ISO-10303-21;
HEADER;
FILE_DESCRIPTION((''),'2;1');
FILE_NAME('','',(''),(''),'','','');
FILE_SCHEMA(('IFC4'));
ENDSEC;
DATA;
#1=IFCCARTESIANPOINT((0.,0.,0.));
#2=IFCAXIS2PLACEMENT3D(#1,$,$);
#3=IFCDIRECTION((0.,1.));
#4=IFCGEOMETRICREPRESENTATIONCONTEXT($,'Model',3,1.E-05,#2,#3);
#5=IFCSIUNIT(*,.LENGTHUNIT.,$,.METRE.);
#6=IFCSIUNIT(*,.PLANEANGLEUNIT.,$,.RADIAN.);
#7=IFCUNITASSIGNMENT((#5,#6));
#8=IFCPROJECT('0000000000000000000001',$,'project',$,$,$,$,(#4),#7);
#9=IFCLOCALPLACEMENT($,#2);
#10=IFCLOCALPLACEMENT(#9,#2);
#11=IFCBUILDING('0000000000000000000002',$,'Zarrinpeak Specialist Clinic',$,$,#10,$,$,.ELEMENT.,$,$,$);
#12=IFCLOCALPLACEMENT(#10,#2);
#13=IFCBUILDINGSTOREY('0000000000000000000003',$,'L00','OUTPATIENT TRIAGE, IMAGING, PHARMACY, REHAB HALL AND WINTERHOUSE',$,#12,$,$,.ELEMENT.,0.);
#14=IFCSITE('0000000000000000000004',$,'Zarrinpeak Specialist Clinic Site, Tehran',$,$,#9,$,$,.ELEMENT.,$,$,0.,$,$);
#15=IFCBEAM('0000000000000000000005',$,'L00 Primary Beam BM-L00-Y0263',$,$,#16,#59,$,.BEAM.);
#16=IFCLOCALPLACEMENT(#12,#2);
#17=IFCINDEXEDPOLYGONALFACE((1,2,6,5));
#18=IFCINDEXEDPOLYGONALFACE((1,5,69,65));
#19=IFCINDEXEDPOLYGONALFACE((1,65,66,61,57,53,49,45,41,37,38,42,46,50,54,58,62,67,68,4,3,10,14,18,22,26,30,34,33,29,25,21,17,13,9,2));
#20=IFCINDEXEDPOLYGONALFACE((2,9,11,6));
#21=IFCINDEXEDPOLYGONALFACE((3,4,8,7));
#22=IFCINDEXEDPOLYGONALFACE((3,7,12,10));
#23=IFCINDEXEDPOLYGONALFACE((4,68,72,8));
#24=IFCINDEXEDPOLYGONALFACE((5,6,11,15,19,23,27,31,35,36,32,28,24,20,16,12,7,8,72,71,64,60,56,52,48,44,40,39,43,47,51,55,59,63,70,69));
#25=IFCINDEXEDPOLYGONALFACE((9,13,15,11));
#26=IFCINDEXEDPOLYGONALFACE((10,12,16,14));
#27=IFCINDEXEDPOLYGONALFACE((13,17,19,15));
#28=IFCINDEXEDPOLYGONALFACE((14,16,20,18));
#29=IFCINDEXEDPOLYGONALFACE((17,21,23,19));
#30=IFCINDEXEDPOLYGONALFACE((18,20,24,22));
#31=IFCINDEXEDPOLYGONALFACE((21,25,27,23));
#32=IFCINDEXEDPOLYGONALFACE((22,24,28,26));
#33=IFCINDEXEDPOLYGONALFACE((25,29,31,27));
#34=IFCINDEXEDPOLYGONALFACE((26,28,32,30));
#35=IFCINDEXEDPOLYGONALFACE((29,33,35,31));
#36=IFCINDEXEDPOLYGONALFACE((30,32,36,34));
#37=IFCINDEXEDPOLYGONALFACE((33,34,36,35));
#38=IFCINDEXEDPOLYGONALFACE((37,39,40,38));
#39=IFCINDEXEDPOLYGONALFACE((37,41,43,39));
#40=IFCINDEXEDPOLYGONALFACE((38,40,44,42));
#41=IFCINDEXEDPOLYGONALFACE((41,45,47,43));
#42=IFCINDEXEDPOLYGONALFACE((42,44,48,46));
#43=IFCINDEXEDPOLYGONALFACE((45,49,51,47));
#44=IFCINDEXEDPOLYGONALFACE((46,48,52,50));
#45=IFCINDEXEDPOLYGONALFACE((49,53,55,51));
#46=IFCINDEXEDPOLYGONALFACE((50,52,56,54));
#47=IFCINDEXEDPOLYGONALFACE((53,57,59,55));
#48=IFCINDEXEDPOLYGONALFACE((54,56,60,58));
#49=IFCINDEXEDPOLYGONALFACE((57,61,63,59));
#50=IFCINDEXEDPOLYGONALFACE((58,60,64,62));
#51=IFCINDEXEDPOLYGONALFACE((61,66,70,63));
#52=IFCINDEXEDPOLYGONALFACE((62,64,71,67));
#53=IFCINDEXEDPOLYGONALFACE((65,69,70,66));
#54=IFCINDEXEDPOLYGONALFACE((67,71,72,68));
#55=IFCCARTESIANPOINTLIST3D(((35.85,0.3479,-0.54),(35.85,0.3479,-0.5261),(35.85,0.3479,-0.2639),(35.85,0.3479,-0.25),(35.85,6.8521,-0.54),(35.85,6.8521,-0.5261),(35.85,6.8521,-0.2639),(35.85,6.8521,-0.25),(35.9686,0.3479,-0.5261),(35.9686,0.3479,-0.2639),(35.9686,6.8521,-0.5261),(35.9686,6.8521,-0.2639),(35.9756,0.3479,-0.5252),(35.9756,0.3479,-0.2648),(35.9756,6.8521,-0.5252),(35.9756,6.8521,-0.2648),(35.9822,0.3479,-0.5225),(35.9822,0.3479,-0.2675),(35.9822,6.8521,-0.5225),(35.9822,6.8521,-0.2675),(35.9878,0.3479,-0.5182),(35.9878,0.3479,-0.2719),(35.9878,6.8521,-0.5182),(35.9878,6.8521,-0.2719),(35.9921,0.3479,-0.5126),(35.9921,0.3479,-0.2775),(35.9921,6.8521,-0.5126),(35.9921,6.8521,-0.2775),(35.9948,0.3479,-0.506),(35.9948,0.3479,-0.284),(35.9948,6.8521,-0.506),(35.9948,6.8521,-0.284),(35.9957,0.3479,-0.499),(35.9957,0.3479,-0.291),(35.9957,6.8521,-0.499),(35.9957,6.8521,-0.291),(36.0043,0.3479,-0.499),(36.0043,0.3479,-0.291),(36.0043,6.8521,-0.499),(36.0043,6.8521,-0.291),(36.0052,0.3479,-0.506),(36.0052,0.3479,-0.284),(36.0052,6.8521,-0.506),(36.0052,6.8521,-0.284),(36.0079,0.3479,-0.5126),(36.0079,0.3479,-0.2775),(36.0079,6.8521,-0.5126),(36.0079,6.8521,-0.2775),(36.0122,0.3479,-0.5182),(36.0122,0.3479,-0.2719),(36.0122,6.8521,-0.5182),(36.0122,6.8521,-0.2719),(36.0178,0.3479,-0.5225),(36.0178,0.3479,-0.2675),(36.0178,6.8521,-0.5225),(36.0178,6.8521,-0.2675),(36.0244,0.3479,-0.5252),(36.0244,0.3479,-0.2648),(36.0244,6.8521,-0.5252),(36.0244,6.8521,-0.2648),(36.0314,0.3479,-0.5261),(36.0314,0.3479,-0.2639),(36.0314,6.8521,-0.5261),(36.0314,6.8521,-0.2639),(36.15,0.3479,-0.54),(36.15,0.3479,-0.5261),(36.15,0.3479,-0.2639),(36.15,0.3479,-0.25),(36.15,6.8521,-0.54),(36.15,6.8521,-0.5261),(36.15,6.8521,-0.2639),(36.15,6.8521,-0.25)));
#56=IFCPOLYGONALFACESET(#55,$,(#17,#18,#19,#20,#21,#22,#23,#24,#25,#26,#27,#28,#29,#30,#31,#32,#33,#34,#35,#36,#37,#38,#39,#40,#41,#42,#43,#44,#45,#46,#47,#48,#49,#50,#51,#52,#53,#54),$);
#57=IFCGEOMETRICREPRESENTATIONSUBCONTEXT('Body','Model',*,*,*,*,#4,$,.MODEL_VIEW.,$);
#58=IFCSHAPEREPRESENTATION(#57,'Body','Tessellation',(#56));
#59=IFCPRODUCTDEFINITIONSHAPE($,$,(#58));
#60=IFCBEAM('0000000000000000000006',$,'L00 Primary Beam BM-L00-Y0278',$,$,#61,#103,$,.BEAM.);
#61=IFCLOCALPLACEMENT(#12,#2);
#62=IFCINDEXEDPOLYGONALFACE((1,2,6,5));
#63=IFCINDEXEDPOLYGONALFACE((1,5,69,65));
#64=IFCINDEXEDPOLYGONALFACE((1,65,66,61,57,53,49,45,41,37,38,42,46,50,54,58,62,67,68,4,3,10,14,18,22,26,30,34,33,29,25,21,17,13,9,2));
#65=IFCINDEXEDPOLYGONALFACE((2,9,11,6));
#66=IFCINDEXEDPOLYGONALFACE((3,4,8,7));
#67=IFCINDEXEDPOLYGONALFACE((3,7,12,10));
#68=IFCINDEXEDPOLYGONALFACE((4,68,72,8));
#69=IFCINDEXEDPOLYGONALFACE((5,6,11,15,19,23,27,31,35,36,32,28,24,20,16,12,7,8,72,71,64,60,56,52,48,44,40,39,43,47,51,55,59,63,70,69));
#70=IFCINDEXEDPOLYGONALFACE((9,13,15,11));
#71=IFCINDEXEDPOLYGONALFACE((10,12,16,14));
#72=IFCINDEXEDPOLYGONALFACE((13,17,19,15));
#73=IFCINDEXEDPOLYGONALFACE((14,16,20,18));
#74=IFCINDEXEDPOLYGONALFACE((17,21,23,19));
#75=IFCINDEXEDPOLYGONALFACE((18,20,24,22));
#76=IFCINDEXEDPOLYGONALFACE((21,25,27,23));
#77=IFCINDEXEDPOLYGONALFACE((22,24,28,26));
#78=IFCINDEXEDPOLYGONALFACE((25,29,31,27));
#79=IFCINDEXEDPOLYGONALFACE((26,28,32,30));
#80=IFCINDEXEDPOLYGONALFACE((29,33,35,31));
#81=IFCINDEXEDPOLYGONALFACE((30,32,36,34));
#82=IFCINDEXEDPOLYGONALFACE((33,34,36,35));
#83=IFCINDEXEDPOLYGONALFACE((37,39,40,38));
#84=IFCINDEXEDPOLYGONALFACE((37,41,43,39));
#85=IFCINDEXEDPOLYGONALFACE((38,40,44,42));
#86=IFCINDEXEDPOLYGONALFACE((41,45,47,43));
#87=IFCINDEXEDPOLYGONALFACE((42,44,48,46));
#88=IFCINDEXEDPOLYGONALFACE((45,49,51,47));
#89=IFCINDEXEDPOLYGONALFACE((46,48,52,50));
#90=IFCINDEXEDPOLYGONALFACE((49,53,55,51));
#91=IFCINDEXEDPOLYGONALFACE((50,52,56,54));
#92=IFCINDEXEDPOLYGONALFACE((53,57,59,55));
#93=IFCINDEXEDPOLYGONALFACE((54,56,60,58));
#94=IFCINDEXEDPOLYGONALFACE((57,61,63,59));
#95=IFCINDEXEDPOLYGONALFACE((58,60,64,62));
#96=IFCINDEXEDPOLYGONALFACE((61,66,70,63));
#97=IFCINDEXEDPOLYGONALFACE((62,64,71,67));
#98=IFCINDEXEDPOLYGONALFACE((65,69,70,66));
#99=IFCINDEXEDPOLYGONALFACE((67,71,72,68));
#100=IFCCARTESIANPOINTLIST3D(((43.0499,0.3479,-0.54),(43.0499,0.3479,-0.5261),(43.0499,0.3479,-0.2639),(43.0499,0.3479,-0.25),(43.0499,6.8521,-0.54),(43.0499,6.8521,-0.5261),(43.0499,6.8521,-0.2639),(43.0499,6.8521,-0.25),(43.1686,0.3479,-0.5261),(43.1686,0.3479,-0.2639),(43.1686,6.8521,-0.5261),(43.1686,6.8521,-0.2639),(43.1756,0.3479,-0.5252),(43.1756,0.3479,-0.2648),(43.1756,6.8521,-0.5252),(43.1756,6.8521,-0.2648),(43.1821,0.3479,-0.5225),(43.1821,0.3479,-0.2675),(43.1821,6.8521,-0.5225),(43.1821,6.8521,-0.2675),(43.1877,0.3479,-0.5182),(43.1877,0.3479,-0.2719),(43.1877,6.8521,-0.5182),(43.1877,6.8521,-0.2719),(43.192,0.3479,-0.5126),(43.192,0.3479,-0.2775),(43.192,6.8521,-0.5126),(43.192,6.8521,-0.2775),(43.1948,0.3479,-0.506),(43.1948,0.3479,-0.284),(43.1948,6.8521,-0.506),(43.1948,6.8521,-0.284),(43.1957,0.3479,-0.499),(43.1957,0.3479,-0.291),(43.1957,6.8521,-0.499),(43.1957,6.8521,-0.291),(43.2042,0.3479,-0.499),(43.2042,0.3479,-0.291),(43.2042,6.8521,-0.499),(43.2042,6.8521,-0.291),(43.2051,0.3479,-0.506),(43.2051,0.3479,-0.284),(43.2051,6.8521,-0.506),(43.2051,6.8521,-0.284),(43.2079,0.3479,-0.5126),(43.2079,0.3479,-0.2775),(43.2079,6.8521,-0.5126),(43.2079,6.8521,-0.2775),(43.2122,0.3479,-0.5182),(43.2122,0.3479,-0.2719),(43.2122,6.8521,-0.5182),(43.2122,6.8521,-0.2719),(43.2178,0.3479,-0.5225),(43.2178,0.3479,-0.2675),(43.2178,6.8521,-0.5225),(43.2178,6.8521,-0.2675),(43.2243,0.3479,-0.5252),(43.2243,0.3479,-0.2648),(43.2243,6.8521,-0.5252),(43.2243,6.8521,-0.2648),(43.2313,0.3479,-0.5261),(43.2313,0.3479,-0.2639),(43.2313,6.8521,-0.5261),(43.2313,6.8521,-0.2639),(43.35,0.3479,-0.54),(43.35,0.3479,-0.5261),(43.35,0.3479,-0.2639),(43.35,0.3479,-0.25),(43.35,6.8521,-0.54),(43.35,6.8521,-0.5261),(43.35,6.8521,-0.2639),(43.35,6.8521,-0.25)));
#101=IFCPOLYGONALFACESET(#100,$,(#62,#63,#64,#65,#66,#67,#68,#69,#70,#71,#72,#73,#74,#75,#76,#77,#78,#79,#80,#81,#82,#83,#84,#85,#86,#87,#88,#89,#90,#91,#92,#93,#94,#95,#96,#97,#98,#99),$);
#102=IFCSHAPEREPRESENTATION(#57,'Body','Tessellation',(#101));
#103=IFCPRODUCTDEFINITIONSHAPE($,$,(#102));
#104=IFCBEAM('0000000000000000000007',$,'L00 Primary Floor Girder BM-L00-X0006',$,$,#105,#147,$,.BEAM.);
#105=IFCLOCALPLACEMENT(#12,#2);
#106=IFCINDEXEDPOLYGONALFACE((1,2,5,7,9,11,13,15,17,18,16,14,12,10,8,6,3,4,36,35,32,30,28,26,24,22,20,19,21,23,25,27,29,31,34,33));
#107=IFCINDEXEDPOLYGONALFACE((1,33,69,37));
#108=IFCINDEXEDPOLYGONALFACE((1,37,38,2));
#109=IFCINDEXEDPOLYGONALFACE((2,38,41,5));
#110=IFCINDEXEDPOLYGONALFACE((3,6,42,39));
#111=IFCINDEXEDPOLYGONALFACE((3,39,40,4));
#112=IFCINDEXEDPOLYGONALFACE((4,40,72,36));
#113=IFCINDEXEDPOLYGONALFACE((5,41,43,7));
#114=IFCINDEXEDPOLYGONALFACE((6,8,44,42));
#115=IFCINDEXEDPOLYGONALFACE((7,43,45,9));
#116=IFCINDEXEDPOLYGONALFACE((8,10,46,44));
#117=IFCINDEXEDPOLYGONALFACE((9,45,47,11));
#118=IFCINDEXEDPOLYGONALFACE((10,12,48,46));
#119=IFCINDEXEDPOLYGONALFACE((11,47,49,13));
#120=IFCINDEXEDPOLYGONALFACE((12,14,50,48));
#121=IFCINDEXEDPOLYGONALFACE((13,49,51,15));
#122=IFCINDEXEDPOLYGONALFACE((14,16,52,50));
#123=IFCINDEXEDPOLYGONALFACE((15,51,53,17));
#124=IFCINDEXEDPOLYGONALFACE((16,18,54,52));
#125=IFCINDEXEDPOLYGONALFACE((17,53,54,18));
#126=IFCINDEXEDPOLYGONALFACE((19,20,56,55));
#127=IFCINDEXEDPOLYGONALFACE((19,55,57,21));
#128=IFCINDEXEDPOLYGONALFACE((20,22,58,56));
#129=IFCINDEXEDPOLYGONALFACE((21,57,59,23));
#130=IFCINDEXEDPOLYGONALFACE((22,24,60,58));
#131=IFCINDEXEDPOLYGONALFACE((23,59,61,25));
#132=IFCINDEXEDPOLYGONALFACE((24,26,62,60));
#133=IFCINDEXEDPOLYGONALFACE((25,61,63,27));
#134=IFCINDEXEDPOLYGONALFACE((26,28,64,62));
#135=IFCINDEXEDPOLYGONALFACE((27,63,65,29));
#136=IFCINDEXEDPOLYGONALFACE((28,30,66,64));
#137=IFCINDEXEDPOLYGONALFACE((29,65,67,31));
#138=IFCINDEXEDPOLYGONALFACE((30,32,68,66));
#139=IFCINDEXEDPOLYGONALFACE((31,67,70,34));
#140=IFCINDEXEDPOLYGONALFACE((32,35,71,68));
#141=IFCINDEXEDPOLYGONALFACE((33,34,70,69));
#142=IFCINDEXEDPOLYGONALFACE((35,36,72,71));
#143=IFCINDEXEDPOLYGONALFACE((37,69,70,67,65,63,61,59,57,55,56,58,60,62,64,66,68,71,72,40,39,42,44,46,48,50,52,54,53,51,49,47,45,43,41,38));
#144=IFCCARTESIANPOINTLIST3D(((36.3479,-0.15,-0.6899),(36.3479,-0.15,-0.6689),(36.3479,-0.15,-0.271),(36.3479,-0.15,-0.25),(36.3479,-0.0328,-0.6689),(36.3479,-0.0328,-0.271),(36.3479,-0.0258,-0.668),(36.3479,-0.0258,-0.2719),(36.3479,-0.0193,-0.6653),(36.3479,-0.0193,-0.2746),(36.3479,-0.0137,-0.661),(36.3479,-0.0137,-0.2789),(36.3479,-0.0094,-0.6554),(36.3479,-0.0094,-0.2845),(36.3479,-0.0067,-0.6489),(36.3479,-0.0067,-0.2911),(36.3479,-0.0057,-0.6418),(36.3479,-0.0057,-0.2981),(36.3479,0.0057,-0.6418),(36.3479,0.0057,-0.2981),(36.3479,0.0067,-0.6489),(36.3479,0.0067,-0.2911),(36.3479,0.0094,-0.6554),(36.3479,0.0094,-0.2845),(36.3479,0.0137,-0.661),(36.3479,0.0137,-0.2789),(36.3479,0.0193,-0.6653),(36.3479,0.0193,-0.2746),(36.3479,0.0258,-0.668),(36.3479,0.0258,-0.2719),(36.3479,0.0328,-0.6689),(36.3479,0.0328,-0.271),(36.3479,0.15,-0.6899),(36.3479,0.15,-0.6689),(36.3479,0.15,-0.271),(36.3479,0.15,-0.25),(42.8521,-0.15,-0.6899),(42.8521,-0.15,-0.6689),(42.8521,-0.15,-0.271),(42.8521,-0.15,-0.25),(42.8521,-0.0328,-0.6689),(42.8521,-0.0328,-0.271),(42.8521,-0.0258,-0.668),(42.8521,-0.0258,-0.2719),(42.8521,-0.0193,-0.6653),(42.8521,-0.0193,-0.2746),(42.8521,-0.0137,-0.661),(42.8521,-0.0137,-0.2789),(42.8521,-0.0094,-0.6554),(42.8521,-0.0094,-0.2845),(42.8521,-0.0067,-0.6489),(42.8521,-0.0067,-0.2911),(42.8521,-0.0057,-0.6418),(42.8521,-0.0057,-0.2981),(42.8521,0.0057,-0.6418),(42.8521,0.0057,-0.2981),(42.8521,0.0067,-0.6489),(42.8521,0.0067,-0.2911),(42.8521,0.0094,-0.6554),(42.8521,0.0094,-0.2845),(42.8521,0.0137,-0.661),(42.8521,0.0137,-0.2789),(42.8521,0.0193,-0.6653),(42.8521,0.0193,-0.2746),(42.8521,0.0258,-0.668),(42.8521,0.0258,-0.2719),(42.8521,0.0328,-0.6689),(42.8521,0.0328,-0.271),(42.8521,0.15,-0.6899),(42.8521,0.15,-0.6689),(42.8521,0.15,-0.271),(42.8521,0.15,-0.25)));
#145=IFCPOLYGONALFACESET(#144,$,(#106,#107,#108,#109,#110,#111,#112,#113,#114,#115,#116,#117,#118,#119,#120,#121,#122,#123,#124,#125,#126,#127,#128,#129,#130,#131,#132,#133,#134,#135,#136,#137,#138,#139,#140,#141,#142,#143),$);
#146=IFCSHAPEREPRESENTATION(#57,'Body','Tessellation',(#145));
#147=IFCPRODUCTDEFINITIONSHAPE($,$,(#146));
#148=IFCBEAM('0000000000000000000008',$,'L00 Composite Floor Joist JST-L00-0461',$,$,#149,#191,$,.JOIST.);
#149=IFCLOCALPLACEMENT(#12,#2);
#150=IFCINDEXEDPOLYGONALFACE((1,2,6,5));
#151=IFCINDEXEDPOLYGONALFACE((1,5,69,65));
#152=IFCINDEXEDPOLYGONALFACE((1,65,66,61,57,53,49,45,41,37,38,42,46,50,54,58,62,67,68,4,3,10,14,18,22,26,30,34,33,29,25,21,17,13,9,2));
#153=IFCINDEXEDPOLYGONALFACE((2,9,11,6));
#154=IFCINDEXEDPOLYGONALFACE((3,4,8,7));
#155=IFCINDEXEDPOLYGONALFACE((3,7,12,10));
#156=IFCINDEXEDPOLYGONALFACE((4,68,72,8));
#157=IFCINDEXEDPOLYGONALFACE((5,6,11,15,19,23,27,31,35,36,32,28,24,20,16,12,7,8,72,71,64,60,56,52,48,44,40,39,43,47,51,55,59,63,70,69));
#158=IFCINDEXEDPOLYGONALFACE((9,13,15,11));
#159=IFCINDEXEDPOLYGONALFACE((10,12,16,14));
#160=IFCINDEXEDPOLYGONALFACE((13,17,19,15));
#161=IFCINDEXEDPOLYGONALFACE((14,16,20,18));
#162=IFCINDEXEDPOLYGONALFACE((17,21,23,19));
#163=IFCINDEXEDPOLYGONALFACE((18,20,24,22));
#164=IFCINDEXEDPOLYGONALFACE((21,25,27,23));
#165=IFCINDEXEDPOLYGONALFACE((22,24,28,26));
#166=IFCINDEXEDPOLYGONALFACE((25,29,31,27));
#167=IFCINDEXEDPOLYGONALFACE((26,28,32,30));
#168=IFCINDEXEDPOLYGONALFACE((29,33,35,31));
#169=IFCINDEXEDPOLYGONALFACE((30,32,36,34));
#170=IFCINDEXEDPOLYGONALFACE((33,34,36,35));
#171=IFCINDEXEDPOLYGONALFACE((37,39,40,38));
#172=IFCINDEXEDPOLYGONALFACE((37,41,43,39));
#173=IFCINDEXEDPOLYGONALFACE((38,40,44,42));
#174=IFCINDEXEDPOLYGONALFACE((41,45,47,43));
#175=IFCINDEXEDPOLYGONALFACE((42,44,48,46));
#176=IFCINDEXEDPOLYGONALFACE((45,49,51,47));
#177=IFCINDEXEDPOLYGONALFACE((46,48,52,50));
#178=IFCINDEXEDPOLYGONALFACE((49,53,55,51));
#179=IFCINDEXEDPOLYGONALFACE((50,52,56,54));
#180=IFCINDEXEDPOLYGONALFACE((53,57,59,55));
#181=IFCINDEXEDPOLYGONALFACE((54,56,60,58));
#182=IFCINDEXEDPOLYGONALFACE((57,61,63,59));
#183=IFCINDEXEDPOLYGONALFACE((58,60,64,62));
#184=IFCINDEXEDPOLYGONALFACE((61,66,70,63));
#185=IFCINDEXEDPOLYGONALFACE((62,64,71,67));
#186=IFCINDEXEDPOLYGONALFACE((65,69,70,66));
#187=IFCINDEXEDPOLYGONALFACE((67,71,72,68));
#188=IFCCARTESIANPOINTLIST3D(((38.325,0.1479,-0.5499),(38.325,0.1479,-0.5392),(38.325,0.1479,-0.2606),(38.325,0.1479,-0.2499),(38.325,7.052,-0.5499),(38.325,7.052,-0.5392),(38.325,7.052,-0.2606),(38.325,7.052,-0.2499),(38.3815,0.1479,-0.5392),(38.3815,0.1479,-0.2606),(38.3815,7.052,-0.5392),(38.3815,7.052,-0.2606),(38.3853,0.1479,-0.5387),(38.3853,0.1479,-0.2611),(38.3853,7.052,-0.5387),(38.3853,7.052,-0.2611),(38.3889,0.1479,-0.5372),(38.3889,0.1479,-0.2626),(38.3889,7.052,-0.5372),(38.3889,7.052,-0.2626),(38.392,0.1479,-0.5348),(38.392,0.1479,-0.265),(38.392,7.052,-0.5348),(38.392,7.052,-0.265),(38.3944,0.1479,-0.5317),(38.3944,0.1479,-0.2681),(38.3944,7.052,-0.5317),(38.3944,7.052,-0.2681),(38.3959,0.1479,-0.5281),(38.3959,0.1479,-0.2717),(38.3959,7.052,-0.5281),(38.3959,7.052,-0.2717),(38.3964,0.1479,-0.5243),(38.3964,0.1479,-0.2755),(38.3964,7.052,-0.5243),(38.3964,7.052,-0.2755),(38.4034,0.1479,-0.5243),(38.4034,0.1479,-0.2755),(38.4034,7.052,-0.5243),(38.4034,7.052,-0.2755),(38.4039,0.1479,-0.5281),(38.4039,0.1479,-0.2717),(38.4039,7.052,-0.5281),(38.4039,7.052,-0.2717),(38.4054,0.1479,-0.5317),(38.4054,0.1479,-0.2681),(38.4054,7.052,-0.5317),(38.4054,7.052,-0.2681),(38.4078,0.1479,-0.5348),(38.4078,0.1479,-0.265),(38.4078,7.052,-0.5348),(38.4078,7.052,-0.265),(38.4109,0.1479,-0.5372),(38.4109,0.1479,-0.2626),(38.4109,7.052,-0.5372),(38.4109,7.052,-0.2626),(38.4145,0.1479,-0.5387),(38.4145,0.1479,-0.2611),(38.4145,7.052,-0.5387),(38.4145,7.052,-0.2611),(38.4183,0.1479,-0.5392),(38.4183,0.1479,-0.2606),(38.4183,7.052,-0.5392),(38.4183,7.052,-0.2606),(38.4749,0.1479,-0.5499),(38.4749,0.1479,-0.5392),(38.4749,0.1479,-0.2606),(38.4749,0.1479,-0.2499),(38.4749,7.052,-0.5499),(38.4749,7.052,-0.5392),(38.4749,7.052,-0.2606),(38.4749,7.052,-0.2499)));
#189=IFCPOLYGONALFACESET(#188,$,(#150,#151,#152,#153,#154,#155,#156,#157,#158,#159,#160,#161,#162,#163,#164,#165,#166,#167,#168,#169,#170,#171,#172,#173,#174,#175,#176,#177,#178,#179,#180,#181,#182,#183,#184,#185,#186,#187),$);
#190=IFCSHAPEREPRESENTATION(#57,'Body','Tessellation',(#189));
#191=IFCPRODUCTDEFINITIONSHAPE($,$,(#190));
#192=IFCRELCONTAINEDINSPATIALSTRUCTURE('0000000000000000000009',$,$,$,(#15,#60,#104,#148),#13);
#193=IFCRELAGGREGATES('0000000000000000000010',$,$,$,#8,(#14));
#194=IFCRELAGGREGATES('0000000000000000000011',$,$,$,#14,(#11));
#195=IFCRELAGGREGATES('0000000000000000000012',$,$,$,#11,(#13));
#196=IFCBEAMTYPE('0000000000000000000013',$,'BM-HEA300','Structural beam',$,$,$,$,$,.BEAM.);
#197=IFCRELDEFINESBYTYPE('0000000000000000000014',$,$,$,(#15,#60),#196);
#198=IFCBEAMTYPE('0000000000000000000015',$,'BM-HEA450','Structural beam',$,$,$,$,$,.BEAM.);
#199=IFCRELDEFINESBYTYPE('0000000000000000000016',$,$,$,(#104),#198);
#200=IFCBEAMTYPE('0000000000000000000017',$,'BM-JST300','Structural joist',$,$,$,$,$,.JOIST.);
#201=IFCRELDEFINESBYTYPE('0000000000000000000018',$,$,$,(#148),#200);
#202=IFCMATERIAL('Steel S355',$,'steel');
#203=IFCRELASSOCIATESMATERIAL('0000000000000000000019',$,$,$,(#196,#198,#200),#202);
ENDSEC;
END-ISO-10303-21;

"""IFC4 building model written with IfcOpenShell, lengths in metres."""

from ifc_helpers import new_model, si_unit, direction, frame, origin, origin_2d, place, context, subcontext, project, spatial, i_section, extrude, material, material_profile, profile_set, type_object, element, save


model = new_model("IFC4")

# Units and contexts
model_context = context("Model", 3, precision=1e-05, world=origin(), true_north=direction((0.0, 1.0)))
body_context = subcontext(model_context, "Body", "Model", "MODEL_VIEW")
ifc_project = project(units=[si_unit("LENGTHUNIT", "METRE"), si_unit("PLANEANGLEUNIT", "RADIAN")], contexts=[model_context])

# Site, building, storey
site_placement = place(None, origin())
site = spatial("IfcSite", under=ifc_project, at=site_placement, Name="Zarrinpeak Specialist Clinic Site, Tehran", CompositionType="ELEMENT", RefElevation=0.0)
building_placement = place(site_placement, origin())
building = spatial("IfcBuilding", under=site, at=building_placement, Name="Zarrinpeak Specialist Clinic", CompositionType="ELEMENT")
storey_placement = place(building_placement, origin())
storey = spatial("IfcBuildingStorey", under=building, at=storey_placement, Name="L00", Description="OUTPATIENT TRIAGE, IMAGING, PHARMACY, REHAB HALL AND WINTERHOUSE", CompositionType="ELEMENT", Elevation=0.0)

# Shared definitions
ifc_material_1 = material(Name="Steel S355", Category="steel")

# Beams
ifc_material_profile_1 = material_profile(ifc_material_1, i_section(OverallWidth=0.3, OverallDepth=0.29, WebThickness=0.0085, FlangeThickness=0.0139, FilletRadius=0.0271, at=origin_2d()), Name="HEA 300")
ifc_profile_set_1 = profile_set([ifc_material_profile_1], Name="Steel S355")
beam_type_1 = type_object("IfcBeamType", Name="BM-HEA300", Description="Structural beam", PredefinedType="BEAM", material=ifc_profile_set_1)
for number, where, z_axis, x_axis, name in (
    (1, (36.0, 0.3479, -0.395), (0.0, 1.0, 0.0), (-1.0, 0.0, 0.0), "L00 Primary Beam BM-L00-Y0263"),
    (2, (43.2, 0.3479, -0.395), (0.0, 1.0, 0.0), (-1.0, 0.0, 0.0), "L00 Primary Beam BM-L00-Y0278"),
):
    element("IfcBeam", number, at=place(storey_placement, frame(where, z_axis=z_axis, x_axis=x_axis)), inside=storey, type_object=beam_type_1, Name=name, PredefinedType="BEAM", context=body_context, shape_type="SweptSolid", body=[
        extrude(i_section(OverallWidth=0.3, OverallDepth=0.29, WebThickness=0.0085, FlangeThickness=0.0139, FilletRadius=0.0271, at=origin_2d()), origin(), (0.0, 0.0, 1.0), 6.5042),
    ])
ifc_material_profile_2 = material_profile(ifc_material_1, i_section(OverallWidth=0.3, OverallDepth=0.4399, WebThickness=0.0115, FlangeThickness=0.021, FilletRadius=0.0271, at=origin_2d()), Name="HEA 450")
ifc_profile_set_2 = profile_set([ifc_material_profile_2], Name="Steel S355")
beam_type_2 = type_object("IfcBeamType", Name="BM-HEA450", Description="Structural beam", PredefinedType="BEAM", material=ifc_profile_set_2)
beam_1_placement = place(storey_placement, frame((36.3479, 0.0, -0.47), z_axis=(1.0, 0.0, 0.0), x_axis=(0.0, 1.0, 0.0)))
element("IfcBeam", 3, at=beam_1_placement, inside=storey, type_object=beam_type_2, Name="L00 Primary Floor Girder BM-L00-X0006", PredefinedType="BEAM", context=body_context, shape_type="SweptSolid", body=[
    extrude(i_section(OverallWidth=0.3, OverallDepth=0.4399, WebThickness=0.0115, FlangeThickness=0.021, FilletRadius=0.0271, at=origin_2d()), origin(), (0.0, 0.0, 1.0), 6.5042),
])
ifc_material_profile_3 = material_profile(ifc_material_1, i_section(OverallWidth=0.1499, OverallDepth=0.3, WebThickness=0.0071, FlangeThickness=0.0107, FilletRadius=0.0149, at=origin_2d()), Name="IPE 300")
ifc_profile_set_3 = profile_set([ifc_material_profile_3], Name="Steel S355")
beam_type_3 = type_object("IfcBeamType", Name="BM-JST300", Description="Structural joist", PredefinedType="JOIST", material=ifc_profile_set_3)
for number, where, z_axis, x_axis, name in (
    (4, (38.3999, 0.1479, -0.3999), (0.0, 1.0, 0.0), (-1.0, 0.0, 0.0), "L00 Composite Floor Joist JST-L00-0461"),
):
    element("IfcBeam", number, at=place(storey_placement, frame(where, z_axis=z_axis, x_axis=x_axis)), inside=storey, type_object=beam_type_3, Name=name, PredefinedType="JOIST", context=body_context, shape_type="SweptSolid", body=[
        extrude(i_section(OverallWidth=0.1499, OverallDepth=0.3, WebThickness=0.0071, FlangeThickness=0.0107, FilletRadius=0.0149, at=origin_2d()), origin(), (0.0, 0.0, 1.0), 6.9041),
    ])

save(model, "model.ifc")
